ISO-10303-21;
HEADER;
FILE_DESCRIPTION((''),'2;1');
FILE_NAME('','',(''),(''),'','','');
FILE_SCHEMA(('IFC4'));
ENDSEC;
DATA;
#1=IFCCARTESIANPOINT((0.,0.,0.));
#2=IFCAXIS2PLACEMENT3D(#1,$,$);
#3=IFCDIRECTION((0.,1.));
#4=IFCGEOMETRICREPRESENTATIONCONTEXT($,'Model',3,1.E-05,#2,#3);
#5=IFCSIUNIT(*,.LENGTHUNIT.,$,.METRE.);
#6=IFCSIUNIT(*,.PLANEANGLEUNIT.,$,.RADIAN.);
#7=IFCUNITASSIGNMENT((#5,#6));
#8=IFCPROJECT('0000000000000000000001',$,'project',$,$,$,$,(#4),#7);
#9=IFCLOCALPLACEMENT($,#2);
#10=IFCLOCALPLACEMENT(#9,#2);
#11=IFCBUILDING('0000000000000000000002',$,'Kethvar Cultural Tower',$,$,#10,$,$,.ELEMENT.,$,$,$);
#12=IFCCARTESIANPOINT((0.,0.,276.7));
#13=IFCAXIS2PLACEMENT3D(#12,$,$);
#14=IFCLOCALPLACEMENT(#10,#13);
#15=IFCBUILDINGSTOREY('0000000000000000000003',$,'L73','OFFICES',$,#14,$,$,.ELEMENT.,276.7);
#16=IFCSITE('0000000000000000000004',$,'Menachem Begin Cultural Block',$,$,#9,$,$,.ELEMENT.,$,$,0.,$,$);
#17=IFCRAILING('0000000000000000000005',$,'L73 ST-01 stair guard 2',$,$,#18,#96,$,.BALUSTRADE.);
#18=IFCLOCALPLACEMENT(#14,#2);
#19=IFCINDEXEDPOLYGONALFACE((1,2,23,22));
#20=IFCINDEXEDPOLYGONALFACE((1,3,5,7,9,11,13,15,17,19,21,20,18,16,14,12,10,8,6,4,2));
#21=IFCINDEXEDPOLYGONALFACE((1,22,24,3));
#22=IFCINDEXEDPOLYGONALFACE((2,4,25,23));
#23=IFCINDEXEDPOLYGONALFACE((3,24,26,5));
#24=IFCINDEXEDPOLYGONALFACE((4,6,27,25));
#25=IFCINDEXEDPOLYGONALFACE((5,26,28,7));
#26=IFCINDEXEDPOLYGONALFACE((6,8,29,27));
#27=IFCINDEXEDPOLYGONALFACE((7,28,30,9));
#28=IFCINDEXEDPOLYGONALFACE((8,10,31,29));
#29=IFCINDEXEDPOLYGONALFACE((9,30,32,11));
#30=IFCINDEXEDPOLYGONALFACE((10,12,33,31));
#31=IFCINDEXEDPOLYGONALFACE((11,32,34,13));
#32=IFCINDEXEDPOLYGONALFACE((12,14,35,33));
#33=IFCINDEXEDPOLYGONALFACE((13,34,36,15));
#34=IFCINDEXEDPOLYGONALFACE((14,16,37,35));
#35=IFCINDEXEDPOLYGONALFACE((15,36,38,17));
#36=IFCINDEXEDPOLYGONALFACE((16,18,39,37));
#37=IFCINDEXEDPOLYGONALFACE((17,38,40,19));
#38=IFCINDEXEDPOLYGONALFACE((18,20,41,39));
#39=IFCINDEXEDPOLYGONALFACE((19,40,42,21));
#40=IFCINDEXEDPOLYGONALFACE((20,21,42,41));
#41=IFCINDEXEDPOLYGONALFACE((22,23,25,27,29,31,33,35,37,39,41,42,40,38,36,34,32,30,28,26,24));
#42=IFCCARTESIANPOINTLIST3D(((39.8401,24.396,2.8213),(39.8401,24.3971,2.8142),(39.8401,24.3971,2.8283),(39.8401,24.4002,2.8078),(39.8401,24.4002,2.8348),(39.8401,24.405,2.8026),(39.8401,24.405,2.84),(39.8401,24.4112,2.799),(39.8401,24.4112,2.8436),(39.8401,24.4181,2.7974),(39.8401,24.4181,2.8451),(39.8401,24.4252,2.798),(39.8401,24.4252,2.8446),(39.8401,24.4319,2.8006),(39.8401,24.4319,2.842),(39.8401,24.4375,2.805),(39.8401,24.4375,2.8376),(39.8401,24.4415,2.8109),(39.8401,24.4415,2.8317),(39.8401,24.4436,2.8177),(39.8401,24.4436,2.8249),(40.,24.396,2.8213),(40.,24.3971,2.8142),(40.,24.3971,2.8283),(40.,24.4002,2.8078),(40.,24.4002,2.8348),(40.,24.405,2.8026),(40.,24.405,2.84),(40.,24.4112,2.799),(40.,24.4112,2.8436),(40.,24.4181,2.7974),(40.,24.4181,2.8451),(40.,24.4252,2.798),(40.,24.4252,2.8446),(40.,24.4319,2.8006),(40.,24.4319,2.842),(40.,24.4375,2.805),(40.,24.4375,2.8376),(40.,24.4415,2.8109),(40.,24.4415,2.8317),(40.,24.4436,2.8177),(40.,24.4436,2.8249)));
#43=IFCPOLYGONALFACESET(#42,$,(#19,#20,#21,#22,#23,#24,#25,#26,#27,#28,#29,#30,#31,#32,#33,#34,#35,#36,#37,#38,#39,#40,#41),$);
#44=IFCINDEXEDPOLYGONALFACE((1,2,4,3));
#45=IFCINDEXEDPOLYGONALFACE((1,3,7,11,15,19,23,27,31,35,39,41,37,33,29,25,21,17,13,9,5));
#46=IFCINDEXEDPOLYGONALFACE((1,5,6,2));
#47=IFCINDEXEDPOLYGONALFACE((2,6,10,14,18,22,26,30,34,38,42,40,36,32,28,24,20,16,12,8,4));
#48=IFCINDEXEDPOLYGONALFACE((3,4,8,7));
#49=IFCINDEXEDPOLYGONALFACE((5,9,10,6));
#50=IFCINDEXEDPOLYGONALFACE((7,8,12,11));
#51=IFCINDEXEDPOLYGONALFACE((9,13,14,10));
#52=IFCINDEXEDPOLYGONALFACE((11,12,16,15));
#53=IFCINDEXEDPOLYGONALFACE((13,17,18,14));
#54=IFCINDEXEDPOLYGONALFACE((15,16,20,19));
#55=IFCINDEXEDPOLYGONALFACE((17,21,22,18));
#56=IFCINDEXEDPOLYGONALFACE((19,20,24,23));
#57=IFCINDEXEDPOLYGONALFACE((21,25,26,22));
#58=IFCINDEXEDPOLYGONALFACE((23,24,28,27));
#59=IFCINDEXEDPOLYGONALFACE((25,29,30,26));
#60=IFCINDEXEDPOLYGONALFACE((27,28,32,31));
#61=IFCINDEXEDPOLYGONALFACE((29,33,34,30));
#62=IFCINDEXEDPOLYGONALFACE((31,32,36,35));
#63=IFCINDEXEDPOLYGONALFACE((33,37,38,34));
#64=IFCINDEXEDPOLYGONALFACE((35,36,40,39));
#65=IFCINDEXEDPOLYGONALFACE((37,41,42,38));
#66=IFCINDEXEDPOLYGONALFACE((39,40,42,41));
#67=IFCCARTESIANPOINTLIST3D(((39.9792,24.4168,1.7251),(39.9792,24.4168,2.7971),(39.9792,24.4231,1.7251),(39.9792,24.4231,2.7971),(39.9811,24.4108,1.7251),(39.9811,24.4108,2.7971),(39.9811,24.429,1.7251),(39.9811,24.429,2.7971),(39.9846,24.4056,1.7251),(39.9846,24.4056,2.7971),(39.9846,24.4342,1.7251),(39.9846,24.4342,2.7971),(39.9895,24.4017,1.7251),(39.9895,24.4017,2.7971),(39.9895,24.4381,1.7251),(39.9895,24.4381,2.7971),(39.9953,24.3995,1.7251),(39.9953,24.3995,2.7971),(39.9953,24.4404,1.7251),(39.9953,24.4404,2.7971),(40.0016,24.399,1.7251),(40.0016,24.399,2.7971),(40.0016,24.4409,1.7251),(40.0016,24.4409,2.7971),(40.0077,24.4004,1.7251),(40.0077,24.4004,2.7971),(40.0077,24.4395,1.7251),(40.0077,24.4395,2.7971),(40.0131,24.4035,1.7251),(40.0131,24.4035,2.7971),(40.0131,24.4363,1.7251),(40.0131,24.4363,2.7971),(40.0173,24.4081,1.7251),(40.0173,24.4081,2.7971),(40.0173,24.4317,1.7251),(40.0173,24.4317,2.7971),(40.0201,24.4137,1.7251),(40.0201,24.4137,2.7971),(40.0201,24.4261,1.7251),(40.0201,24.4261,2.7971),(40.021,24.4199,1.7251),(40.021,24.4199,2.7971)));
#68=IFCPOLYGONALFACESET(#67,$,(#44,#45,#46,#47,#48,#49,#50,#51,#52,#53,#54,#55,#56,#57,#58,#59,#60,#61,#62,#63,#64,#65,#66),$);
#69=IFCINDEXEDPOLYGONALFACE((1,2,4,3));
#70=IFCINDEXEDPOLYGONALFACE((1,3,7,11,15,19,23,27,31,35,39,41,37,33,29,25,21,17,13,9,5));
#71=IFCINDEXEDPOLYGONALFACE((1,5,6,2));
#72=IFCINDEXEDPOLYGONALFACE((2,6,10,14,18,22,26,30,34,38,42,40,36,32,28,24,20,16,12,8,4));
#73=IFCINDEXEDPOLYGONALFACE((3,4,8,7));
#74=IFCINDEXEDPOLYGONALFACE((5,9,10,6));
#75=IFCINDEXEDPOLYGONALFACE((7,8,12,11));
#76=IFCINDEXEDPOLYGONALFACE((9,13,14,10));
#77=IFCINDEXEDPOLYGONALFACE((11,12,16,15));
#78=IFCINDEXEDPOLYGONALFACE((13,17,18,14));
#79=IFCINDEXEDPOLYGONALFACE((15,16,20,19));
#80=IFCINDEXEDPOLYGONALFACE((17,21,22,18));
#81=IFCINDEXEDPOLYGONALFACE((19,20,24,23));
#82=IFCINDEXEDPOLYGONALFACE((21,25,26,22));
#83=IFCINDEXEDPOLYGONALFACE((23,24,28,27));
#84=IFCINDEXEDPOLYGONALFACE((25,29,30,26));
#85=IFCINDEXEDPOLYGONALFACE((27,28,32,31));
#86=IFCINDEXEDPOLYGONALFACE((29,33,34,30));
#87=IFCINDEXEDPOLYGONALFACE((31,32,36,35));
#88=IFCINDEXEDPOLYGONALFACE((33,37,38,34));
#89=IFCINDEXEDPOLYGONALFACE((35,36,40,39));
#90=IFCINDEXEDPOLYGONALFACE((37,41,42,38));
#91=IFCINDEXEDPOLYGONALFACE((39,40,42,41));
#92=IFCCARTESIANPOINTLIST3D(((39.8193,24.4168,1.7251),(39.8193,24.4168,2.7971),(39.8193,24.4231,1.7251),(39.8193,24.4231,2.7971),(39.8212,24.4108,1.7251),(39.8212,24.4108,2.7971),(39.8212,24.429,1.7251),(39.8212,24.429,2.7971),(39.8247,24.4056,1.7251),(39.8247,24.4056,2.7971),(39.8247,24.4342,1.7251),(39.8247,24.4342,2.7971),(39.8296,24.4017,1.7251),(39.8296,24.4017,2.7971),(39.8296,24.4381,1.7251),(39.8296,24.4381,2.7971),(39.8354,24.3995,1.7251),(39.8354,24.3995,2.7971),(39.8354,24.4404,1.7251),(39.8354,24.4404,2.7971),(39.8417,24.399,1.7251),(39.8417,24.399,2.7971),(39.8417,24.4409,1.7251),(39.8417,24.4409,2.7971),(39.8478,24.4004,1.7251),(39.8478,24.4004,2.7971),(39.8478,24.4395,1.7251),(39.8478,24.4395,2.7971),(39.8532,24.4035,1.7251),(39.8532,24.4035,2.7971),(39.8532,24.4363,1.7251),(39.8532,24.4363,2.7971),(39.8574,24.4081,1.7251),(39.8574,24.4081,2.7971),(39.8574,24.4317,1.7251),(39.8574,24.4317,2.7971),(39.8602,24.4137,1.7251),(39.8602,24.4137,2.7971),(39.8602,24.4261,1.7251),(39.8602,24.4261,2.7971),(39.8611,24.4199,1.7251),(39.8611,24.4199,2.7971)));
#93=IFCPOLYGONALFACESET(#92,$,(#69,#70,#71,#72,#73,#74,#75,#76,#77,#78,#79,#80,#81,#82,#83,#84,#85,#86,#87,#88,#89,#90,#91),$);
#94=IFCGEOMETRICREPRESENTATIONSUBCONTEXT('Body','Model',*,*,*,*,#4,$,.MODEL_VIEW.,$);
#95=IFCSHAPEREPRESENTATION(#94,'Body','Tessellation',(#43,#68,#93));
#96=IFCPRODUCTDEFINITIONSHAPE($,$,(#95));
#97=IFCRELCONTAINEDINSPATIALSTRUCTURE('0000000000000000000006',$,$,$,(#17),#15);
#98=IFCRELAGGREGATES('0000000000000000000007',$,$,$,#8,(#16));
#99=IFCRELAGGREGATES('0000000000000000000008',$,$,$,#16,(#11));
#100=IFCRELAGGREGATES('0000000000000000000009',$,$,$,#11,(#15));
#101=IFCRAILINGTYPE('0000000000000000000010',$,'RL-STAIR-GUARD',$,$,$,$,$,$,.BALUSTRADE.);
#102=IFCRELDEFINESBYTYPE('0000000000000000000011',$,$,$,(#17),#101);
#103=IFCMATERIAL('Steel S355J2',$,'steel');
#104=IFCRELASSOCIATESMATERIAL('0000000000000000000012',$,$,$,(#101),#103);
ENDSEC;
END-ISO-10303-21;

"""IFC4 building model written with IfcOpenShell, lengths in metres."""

from ifc_helpers import new_model, si_unit, direction, frame, origin, origin_2d, place, context, subcontext, project, spatial, circle, extrude, material, type_object, element, save


model = new_model("IFC4")

# Units and contexts
model_context = context("Model", 3, precision=1e-05, world=origin(), true_north=direction((0.0, 1.0)))
body_context = subcontext(model_context, "Body", "Model", "MODEL_VIEW")
ifc_project = project(units=[si_unit("LENGTHUNIT", "METRE"), si_unit("PLANEANGLEUNIT", "RADIAN")], contexts=[model_context])

# Site, building, storey
site_placement = place(None, origin())
site = spatial("IfcSite", under=ifc_project, at=site_placement, Name="Menachem Begin Cultural Block", CompositionType="ELEMENT", RefElevation=0.0)
building_placement = place(site_placement, origin())
building = spatial("IfcBuilding", under=site, at=building_placement, Name="Kethvar Cultural Tower", CompositionType="ELEMENT")
storey_placement = place(building_placement, frame((0.0, 0.0, 276.7)))
storey = spatial("IfcBuildingStorey", under=building, at=storey_placement, Name="L73", Description="OFFICES", CompositionType="ELEMENT", Elevation=276.7)

# Shared definitions
ifc_material_1 = material(Name="Steel S355J2", Category="steel")

# Railing
railing_type_1 = type_object("IfcRailingType", Name="RL-STAIR-GUARD", PredefinedType="BALUSTRADE", material=ifc_material_1)
railing_1_placement = place(storey_placement, frame((40.0, 24.4199, 1.7251)))
element("IfcRailing", 1, at=railing_1_placement, inside=storey, type_object=railing_type_1, Name="L73 ST-01 stair guard 2", PredefinedType="BALUSTRADE", context=body_context, shape_type="SweptSolid", body=[
    extrude(circle(Radius=0.0239, at=origin_2d()), frame((0.0, 0.0, 1.0962), z_axis=(-1.0, 0.0, 0.0), x_axis=(0.0, -1.0, 0.0)), (0.0, 0.0, 1.0), 0.1599),
    extrude(circle(Radius=0.021, at=origin_2d()), origin(), (0.0, 0.0, 1.0), 1.072),
    extrude(circle(Radius=0.021, at=origin_2d()), frame((-0.1599, 0.0, 0.0)), (0.0, 0.0, 1.0), 1.072),
])

save(model, "model.ifc")
